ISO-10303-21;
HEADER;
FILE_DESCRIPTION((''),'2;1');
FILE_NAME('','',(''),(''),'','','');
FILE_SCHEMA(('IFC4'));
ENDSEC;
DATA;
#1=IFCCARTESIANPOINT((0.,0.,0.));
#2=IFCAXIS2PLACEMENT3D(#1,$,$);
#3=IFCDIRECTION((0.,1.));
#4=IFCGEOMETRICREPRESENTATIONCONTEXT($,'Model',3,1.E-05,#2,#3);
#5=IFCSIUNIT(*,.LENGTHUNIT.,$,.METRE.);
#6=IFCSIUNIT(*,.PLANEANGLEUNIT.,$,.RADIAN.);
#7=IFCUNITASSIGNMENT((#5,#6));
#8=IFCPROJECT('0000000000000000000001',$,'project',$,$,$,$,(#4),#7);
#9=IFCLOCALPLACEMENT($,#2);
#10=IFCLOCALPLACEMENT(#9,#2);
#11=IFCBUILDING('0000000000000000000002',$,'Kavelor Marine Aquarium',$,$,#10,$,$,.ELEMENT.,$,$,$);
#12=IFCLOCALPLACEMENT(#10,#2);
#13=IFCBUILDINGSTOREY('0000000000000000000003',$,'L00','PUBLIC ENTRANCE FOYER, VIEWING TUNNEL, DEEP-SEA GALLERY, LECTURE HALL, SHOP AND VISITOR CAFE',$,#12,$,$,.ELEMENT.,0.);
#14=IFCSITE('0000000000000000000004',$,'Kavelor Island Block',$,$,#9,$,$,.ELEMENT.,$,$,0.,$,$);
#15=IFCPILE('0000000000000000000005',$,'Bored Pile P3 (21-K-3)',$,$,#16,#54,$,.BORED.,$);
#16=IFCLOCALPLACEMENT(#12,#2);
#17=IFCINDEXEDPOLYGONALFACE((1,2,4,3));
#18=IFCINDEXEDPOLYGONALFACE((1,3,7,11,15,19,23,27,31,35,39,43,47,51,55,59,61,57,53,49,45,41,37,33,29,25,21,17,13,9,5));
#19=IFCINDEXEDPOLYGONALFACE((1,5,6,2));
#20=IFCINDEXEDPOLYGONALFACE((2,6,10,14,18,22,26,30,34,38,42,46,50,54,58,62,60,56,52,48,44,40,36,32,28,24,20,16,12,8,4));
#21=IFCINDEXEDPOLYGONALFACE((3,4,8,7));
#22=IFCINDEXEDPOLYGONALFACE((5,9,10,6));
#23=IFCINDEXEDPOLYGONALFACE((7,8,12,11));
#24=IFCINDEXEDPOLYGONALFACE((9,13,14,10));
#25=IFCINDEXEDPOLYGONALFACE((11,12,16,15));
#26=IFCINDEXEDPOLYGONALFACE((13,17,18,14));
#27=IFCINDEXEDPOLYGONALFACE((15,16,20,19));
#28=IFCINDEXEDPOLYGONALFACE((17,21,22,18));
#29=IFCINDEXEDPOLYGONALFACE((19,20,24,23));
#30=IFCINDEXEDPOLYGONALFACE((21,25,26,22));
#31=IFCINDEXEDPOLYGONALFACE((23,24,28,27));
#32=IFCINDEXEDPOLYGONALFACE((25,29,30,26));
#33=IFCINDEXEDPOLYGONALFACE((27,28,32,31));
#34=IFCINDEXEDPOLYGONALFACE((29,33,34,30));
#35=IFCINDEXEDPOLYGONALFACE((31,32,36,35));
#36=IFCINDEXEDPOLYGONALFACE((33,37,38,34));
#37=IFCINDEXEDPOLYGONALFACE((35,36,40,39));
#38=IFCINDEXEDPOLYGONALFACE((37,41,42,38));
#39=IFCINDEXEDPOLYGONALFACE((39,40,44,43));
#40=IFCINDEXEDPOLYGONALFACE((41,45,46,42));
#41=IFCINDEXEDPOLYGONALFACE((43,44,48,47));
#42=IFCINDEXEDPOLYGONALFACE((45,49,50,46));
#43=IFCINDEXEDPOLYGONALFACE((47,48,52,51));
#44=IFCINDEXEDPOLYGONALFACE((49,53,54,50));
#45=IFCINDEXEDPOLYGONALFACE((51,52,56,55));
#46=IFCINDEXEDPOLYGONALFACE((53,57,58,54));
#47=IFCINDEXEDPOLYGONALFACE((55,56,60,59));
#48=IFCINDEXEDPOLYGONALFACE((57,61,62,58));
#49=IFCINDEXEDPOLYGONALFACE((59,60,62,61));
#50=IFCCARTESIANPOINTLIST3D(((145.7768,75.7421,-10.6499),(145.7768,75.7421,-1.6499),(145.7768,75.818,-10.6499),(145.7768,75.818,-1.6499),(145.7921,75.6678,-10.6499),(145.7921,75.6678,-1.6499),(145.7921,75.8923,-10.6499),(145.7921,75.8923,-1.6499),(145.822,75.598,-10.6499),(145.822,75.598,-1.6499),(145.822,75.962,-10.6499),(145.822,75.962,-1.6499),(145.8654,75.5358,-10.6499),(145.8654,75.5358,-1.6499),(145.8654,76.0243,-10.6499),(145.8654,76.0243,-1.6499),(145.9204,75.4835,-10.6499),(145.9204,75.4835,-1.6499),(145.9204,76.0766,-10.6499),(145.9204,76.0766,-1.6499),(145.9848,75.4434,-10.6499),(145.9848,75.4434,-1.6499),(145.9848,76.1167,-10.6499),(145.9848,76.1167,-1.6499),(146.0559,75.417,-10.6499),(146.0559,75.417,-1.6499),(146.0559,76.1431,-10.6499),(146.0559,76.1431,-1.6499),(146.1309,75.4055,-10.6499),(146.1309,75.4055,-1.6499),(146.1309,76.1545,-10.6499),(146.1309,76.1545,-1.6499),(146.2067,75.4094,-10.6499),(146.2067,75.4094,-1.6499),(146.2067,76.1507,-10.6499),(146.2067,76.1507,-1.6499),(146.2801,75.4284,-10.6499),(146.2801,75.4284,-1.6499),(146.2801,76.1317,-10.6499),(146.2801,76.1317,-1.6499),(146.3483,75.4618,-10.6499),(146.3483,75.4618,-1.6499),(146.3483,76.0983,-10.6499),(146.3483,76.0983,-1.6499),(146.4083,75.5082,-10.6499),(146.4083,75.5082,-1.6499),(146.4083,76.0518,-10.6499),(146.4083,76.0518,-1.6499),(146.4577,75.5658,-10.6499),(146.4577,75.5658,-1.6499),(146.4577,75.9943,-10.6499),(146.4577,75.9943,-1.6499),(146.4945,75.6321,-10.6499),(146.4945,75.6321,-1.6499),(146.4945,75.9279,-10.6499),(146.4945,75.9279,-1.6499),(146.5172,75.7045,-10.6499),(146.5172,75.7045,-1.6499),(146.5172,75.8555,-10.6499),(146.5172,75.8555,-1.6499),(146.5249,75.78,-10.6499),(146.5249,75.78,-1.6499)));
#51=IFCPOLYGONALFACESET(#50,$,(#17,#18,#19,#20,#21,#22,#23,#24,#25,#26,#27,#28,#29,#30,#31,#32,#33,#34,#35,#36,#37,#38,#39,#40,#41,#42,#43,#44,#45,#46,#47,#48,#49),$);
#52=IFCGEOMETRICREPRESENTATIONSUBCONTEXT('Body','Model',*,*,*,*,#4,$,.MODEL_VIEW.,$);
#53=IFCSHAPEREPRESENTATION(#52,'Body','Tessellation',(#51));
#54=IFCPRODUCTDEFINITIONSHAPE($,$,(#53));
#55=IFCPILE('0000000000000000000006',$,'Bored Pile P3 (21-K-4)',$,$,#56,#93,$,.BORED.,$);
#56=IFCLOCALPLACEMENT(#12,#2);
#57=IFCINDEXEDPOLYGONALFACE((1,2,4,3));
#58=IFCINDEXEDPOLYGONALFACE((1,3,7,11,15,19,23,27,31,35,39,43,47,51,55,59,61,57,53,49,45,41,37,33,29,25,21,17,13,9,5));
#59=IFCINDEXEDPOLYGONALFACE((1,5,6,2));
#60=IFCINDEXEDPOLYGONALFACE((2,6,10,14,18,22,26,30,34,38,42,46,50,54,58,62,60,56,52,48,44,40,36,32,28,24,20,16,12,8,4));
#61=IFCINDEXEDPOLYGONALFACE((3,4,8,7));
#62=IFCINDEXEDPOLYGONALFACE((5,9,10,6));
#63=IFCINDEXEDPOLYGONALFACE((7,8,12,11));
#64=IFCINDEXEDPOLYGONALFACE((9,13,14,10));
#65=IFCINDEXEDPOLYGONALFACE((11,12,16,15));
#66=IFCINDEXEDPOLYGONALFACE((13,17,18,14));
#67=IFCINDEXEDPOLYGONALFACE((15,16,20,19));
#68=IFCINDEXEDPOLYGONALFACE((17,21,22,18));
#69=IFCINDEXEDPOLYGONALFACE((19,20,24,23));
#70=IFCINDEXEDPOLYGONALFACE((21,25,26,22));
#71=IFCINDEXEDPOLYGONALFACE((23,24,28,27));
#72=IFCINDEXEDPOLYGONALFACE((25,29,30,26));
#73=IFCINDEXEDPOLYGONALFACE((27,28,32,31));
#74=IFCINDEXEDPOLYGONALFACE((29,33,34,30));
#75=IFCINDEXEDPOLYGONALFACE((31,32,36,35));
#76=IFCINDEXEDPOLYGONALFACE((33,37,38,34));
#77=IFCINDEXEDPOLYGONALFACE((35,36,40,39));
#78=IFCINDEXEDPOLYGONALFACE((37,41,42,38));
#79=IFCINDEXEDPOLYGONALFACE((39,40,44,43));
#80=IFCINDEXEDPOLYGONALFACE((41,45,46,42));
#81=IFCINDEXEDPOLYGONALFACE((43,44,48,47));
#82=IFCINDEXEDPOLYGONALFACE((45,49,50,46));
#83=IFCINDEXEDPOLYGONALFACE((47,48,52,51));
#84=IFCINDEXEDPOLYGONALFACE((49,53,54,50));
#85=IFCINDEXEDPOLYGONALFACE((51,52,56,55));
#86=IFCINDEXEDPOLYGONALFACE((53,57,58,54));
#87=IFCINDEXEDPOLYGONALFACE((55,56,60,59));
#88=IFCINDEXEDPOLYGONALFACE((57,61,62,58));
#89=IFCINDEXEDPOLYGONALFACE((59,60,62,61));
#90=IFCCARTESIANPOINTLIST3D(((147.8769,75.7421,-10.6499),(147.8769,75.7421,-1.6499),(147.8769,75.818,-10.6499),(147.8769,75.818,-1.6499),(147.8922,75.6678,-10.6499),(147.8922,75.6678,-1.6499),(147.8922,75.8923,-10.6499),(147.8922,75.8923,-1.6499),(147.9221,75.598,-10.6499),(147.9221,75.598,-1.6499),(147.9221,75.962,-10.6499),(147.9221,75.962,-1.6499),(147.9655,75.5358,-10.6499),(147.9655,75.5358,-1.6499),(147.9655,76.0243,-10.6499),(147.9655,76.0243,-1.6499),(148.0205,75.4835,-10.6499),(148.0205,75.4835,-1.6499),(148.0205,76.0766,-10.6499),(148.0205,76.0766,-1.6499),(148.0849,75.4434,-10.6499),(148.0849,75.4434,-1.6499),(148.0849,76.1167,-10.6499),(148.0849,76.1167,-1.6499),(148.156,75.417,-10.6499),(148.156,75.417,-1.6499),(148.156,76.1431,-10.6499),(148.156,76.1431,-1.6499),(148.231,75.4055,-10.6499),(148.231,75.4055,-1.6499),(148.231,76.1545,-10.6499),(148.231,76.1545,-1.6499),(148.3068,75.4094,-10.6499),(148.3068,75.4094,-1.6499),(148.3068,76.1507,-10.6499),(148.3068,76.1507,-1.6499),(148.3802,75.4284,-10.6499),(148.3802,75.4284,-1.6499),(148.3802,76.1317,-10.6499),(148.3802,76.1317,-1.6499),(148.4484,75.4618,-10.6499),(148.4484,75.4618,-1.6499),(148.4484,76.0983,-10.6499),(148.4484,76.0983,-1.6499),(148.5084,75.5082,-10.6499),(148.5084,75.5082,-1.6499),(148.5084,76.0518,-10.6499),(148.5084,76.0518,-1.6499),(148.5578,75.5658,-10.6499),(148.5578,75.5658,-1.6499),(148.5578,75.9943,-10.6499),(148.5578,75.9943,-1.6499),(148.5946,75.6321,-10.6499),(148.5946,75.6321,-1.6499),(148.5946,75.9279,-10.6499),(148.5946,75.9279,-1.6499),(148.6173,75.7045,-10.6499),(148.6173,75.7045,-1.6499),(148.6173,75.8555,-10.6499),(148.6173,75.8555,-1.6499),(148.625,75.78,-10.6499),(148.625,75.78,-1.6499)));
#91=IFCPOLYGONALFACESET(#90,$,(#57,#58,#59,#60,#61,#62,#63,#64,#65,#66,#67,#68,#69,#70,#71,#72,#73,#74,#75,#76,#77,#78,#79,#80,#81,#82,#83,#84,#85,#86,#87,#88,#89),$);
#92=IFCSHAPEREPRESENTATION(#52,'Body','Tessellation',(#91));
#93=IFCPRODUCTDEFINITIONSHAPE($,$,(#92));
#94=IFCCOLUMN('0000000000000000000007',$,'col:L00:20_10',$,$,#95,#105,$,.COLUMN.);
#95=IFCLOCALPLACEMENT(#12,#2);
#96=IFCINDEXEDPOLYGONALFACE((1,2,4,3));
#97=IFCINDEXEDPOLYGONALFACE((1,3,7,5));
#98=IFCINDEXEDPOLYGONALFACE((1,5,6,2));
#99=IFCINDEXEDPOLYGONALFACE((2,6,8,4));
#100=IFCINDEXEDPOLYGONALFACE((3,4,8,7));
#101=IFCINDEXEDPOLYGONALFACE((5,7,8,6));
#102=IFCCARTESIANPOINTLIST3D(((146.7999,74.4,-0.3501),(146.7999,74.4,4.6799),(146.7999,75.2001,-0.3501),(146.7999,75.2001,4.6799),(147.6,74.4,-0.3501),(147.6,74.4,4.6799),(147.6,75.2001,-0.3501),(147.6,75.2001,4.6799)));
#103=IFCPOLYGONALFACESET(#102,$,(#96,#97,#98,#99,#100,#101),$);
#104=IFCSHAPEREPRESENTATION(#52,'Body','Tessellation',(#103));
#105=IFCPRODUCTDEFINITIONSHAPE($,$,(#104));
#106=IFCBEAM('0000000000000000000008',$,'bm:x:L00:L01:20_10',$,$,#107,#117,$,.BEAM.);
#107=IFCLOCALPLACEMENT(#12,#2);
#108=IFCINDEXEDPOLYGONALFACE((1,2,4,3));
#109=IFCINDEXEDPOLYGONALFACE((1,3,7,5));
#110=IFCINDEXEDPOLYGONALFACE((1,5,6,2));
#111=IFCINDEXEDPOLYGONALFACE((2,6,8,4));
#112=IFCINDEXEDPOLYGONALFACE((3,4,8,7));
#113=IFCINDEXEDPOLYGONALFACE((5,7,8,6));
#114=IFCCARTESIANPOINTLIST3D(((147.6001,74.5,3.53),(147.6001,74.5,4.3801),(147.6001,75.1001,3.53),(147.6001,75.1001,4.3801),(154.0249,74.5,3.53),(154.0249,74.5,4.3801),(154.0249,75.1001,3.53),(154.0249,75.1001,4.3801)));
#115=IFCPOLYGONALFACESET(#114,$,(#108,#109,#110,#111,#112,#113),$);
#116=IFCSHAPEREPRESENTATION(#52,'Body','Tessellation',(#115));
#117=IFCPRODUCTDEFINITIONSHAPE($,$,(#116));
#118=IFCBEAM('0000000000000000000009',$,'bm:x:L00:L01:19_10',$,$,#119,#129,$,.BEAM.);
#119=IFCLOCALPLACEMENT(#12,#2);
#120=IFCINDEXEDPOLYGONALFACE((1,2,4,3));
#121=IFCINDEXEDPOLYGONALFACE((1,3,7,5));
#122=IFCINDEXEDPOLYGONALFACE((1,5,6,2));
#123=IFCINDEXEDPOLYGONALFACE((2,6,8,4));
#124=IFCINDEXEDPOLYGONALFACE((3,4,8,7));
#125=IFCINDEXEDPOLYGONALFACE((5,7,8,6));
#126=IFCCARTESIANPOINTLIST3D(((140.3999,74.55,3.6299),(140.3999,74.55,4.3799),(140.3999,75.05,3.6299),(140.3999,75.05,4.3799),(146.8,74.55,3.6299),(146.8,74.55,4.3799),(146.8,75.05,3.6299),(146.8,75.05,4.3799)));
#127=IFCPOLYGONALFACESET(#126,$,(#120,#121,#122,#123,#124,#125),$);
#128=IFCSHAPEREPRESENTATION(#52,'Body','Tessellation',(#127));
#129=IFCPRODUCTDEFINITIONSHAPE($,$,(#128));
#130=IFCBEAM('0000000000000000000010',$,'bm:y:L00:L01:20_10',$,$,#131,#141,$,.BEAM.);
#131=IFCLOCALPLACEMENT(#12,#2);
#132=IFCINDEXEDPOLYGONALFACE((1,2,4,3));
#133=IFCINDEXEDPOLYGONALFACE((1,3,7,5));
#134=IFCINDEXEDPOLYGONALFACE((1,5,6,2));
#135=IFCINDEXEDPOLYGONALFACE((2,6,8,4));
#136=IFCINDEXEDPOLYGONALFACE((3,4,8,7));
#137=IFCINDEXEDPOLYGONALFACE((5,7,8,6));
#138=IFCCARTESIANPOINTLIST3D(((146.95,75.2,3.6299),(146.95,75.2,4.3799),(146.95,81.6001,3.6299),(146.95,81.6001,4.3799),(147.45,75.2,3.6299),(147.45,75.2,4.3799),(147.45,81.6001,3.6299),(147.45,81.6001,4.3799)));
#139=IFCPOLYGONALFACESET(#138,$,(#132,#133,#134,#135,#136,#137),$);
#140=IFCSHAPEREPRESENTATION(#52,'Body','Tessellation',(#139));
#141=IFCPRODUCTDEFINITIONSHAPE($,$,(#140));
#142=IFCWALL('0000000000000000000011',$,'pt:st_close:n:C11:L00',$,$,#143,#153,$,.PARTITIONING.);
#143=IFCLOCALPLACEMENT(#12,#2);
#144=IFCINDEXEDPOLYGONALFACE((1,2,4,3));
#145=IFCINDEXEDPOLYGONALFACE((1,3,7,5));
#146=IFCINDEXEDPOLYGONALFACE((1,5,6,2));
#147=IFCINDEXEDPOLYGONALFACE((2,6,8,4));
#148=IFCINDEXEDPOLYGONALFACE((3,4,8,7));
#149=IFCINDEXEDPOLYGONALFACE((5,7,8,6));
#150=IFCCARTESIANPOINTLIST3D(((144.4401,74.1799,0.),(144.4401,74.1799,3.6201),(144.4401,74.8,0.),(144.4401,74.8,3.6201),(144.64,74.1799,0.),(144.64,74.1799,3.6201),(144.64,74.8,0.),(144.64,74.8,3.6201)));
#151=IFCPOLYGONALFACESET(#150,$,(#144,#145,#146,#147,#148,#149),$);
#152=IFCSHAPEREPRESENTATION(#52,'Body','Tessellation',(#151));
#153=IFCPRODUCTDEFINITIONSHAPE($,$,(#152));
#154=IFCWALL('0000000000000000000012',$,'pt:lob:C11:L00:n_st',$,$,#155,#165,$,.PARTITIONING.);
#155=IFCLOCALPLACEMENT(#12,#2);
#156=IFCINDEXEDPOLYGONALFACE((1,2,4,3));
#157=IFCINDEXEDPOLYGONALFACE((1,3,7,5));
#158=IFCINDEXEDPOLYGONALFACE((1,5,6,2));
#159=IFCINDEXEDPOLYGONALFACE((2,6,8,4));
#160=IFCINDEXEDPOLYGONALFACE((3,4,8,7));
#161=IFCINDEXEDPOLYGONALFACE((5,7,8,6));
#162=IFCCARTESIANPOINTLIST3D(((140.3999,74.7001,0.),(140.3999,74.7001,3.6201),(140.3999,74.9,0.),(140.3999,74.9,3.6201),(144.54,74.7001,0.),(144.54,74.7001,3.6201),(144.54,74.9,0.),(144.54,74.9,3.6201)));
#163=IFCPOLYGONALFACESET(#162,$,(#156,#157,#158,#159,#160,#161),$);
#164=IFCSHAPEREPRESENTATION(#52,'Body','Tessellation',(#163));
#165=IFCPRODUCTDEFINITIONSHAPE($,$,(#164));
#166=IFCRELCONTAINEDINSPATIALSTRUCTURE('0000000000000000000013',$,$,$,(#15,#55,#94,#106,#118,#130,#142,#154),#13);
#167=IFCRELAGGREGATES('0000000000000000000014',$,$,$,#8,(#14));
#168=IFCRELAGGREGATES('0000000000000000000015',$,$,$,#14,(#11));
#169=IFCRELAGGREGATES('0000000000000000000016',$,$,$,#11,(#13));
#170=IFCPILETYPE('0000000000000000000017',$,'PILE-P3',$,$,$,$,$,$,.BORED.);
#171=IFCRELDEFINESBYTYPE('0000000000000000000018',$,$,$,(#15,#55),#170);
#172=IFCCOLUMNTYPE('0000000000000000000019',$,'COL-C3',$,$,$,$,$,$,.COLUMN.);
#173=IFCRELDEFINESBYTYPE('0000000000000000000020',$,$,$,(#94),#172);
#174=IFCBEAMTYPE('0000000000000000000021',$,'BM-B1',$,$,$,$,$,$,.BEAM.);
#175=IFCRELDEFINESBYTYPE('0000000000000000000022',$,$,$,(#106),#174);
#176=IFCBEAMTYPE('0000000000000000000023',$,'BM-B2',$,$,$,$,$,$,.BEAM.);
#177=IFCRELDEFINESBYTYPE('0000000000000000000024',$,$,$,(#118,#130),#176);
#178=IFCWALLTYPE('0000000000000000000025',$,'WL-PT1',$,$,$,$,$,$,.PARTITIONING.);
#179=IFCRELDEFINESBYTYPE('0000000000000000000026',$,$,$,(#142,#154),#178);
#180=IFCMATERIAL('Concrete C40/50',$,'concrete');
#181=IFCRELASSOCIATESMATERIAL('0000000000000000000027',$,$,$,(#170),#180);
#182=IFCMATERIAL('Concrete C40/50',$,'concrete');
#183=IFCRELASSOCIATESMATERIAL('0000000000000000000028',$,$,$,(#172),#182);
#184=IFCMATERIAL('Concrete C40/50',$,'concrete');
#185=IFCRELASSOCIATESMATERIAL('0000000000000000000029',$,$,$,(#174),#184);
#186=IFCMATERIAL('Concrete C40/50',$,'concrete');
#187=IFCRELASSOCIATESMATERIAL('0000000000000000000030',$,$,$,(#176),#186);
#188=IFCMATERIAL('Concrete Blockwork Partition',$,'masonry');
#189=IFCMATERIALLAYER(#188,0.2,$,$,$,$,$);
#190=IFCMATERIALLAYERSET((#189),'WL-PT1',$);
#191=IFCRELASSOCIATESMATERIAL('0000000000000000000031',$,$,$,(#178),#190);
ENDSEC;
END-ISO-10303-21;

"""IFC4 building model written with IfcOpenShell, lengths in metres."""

from ifc_helpers import new_model, si_unit, direction, frame, frame_2d, origin, origin_2d, place, context, subcontext, project, spatial, rectangle, circle, extrude, material, layer, layer_set, material_profile, profile_set, type_object, element, save


model = new_model("IFC4")

# Units and contexts
model_context = context("Model", 3, precision=1e-05, world=origin(), true_north=direction((0.0, 1.0)))
body_context = subcontext(model_context, "Body", "Model", "MODEL_VIEW")
ifc_project = project(units=[si_unit("LENGTHUNIT", "METRE"), si_unit("PLANEANGLEUNIT", "RADIAN")], contexts=[model_context])

# Site, building, storey
site_placement = place(None, origin())
site = spatial("IfcSite", under=ifc_project, at=site_placement, Name="Kavelor Island Block", CompositionType="ELEMENT", RefElevation=0.0)
building_placement = place(site_placement, origin())
building = spatial("IfcBuilding", under=site, at=building_placement, Name="Kavelor Marine Aquarium", CompositionType="ELEMENT")
storey_placement = place(building_placement, origin())
storey = spatial("IfcBuildingStorey", under=building, at=storey_placement, Name="L00", Description="PUBLIC ENTRANCE FOYER, VIEWING TUNNEL, DEEP-SEA GALLERY, LECTURE HALL, SHOP AND VISITOR CAFE", CompositionType="ELEMENT", Elevation=0.0)

# Piles
ifc_material_1 = material(Name="Concrete C40/50", Category="concrete")
ifc_material_profile_1 = material_profile(ifc_material_1, circle(Radius=0.375, at=origin_2d()), Name="PILE D750")
ifc_profile_set_1 = profile_set([ifc_material_profile_1], Name="Concrete C40/50")
pile_type_1 = type_object("IfcPileType", Name="PILE-P3", PredefinedType="BORED", material=ifc_profile_set_1)
for number, where, z_axis, x_axis, name in (
    (1, (146.1499, 75.78, -1.6499), (0.0, 0.0, -1.0), (1.0, 0.0, 0.0), "Bored Pile P3 (21-K-3)"),
    (2, (148.25, 75.78, -1.6499), (0.0, 0.0, -1.0), (1.0, 0.0, 0.0), "Bored Pile P3 (21-K-4)"),
):
    element("IfcPile", number, at=place(storey_placement, frame(where, z_axis=z_axis, x_axis=x_axis)), inside=storey, type_object=pile_type_1, Name=name, PredefinedType="BORED", context=body_context, shape_type="SweptSolid", body=[
        extrude(circle(Radius=0.375, at=origin_2d()), origin(), (0.0, 0.0, 1.0), 9.0),
    ])

# Column
ifc_material_2 = material(Name="Concrete C40/50", Category="concrete")
ifc_material_profile_2 = material_profile(ifc_material_2, rectangle(XDim=0.8, YDim=0.8, at=origin_2d()), Name="RC-COL 800x800")
ifc_profile_set_2 = profile_set([ifc_material_profile_2], Name="Concrete C40/50")
column_type = type_object("IfcColumnType", Name="COL-C3", PredefinedType="COLUMN", material=ifc_profile_set_2)
column_placement = place(storey_placement, frame((147.2, 74.8, -0.3501), z_axis=(0.0, 0.0, 1.0), x_axis=(1.0, 0.0, 0.0)))
element("IfcColumn", 3, at=column_placement, inside=storey, type_object=column_type, Name="col:L00:20_10", PredefinedType="COLUMN", context=body_context, shape_type="SweptSolid", body=[
    extrude(rectangle(XDim=0.8, YDim=0.8, at=origin_2d()), origin(), (0.0, 0.0, 1.0), 5.03),
])

# Beams
ifc_material_3 = material(Name="Concrete C40/50", Category="concrete")
ifc_material_profile_3 = material_profile(ifc_material_3, rectangle(XDim=0.6001, YDim=0.8501, at=origin_2d()), Name="RC-BM 600x850")
ifc_profile_set_3 = profile_set([ifc_material_profile_3], Name="Concrete C40/50")
beam_type_1 = type_object("IfcBeamType", Name="BM-B1", PredefinedType="BEAM", material=ifc_profile_set_3)
beam_placement = place(storey_placement, frame((147.6001, 74.8, 3.9551), z_axis=(1.0, 0.0, 0.0), x_axis=(0.0, 1.0, 0.0)))
element("IfcBeam", 4, at=beam_placement, inside=storey, type_object=beam_type_1, Name="bm:x:L00:L01:20_10", PredefinedType="BEAM", context=body_context, shape_type="SweptSolid", body=[
    extrude(rectangle(XDim=0.6001, YDim=0.8501, at=origin_2d()), origin(), (0.0, 0.0, 1.0), 6.4248),
])
ifc_material_4 = material(Name="Concrete C40/50", Category="concrete")
ifc_material_profile_4 = material_profile(ifc_material_4, rectangle(XDim=0.5, YDim=0.75, at=origin_2d()), Name="RC-BM 500x750")
ifc_profile_set_4 = profile_set([ifc_material_profile_4], Name="Concrete C40/50")
beam_type_2 = type_object("IfcBeamType", Name="BM-B2", PredefinedType="BEAM", material=ifc_profile_set_4)
for number, where, z_axis, x_axis, name in (
    (5, (140.3999, 74.8, 4.0049), (1.0, 0.0, 0.0), (0.0, 1.0, 0.0), "bm:x:L00:L01:19_10"),
    (6, (147.2, 75.2, 4.0049), (0.0, 1.0, 0.0), (-1.0, 0.0, 0.0), "bm:y:L00:L01:20_10"),
):
    element("IfcBeam", number, at=place(storey_placement, frame(where, z_axis=z_axis, x_axis=x_axis)), inside=storey, type_object=beam_type_2, Name=name, PredefinedType="BEAM", context=body_context, shape_type="SweptSolid", body=[
        extrude(rectangle(XDim=0.5, YDim=0.75, at=origin_2d()), origin(), (0.0, 0.0, 1.0), 6.4001),
    ])

# Walls
ifc_material_5 = material(Name="Concrete Blockwork Partition", Category="masonry")
ifc_layer_1 = layer(ifc_material_5, 0.2)
ifc_layer_set_1 = layer_set([ifc_layer_1], Name="WL-PT1")
wall_type_1 = type_object("IfcWallType", Name="WL-PT1", PredefinedType="PARTITIONING", material=ifc_layer_set_1)
wall_1_placement = place(storey_placement, frame((144.54, 74.1799, 0.0), z_axis=(0.0, 0.0, 1.0), x_axis=(0.0, 1.0, 0.0)))
element("IfcWall", 7, at=wall_1_placement, inside=storey, type_object=wall_type_1, Name="pt:st_close:n:C11:L00", PredefinedType="PARTITIONING", context=body_context, shape_type="SweptSolid", body=[
    extrude(rectangle(XDim=0.6201, YDim=0.2, at=frame_2d((0.3101, 0.0))), origin(), (0.0, 0.0, 1.0), 3.6201),
])
wall_2_placement = place(storey_placement, frame((140.3999, 74.8, 0.0), z_axis=(0.0, 0.0, 1.0), x_axis=(1.0, 0.0, 0.0)))
element("IfcWall", 8, at=wall_2_placement, inside=storey, type_object=wall_type_1, Name="pt:lob:C11:L00:n_st", PredefinedType="PARTITIONING", context=body_context, shape_type="SweptSolid", body=[
    extrude(rectangle(XDim=4.1401, YDim=0.2, at=frame_2d((2.0701, 0.0))), origin(), (0.0, 0.0, 1.0), 3.6201),
])

save(model, "model.ifc")
